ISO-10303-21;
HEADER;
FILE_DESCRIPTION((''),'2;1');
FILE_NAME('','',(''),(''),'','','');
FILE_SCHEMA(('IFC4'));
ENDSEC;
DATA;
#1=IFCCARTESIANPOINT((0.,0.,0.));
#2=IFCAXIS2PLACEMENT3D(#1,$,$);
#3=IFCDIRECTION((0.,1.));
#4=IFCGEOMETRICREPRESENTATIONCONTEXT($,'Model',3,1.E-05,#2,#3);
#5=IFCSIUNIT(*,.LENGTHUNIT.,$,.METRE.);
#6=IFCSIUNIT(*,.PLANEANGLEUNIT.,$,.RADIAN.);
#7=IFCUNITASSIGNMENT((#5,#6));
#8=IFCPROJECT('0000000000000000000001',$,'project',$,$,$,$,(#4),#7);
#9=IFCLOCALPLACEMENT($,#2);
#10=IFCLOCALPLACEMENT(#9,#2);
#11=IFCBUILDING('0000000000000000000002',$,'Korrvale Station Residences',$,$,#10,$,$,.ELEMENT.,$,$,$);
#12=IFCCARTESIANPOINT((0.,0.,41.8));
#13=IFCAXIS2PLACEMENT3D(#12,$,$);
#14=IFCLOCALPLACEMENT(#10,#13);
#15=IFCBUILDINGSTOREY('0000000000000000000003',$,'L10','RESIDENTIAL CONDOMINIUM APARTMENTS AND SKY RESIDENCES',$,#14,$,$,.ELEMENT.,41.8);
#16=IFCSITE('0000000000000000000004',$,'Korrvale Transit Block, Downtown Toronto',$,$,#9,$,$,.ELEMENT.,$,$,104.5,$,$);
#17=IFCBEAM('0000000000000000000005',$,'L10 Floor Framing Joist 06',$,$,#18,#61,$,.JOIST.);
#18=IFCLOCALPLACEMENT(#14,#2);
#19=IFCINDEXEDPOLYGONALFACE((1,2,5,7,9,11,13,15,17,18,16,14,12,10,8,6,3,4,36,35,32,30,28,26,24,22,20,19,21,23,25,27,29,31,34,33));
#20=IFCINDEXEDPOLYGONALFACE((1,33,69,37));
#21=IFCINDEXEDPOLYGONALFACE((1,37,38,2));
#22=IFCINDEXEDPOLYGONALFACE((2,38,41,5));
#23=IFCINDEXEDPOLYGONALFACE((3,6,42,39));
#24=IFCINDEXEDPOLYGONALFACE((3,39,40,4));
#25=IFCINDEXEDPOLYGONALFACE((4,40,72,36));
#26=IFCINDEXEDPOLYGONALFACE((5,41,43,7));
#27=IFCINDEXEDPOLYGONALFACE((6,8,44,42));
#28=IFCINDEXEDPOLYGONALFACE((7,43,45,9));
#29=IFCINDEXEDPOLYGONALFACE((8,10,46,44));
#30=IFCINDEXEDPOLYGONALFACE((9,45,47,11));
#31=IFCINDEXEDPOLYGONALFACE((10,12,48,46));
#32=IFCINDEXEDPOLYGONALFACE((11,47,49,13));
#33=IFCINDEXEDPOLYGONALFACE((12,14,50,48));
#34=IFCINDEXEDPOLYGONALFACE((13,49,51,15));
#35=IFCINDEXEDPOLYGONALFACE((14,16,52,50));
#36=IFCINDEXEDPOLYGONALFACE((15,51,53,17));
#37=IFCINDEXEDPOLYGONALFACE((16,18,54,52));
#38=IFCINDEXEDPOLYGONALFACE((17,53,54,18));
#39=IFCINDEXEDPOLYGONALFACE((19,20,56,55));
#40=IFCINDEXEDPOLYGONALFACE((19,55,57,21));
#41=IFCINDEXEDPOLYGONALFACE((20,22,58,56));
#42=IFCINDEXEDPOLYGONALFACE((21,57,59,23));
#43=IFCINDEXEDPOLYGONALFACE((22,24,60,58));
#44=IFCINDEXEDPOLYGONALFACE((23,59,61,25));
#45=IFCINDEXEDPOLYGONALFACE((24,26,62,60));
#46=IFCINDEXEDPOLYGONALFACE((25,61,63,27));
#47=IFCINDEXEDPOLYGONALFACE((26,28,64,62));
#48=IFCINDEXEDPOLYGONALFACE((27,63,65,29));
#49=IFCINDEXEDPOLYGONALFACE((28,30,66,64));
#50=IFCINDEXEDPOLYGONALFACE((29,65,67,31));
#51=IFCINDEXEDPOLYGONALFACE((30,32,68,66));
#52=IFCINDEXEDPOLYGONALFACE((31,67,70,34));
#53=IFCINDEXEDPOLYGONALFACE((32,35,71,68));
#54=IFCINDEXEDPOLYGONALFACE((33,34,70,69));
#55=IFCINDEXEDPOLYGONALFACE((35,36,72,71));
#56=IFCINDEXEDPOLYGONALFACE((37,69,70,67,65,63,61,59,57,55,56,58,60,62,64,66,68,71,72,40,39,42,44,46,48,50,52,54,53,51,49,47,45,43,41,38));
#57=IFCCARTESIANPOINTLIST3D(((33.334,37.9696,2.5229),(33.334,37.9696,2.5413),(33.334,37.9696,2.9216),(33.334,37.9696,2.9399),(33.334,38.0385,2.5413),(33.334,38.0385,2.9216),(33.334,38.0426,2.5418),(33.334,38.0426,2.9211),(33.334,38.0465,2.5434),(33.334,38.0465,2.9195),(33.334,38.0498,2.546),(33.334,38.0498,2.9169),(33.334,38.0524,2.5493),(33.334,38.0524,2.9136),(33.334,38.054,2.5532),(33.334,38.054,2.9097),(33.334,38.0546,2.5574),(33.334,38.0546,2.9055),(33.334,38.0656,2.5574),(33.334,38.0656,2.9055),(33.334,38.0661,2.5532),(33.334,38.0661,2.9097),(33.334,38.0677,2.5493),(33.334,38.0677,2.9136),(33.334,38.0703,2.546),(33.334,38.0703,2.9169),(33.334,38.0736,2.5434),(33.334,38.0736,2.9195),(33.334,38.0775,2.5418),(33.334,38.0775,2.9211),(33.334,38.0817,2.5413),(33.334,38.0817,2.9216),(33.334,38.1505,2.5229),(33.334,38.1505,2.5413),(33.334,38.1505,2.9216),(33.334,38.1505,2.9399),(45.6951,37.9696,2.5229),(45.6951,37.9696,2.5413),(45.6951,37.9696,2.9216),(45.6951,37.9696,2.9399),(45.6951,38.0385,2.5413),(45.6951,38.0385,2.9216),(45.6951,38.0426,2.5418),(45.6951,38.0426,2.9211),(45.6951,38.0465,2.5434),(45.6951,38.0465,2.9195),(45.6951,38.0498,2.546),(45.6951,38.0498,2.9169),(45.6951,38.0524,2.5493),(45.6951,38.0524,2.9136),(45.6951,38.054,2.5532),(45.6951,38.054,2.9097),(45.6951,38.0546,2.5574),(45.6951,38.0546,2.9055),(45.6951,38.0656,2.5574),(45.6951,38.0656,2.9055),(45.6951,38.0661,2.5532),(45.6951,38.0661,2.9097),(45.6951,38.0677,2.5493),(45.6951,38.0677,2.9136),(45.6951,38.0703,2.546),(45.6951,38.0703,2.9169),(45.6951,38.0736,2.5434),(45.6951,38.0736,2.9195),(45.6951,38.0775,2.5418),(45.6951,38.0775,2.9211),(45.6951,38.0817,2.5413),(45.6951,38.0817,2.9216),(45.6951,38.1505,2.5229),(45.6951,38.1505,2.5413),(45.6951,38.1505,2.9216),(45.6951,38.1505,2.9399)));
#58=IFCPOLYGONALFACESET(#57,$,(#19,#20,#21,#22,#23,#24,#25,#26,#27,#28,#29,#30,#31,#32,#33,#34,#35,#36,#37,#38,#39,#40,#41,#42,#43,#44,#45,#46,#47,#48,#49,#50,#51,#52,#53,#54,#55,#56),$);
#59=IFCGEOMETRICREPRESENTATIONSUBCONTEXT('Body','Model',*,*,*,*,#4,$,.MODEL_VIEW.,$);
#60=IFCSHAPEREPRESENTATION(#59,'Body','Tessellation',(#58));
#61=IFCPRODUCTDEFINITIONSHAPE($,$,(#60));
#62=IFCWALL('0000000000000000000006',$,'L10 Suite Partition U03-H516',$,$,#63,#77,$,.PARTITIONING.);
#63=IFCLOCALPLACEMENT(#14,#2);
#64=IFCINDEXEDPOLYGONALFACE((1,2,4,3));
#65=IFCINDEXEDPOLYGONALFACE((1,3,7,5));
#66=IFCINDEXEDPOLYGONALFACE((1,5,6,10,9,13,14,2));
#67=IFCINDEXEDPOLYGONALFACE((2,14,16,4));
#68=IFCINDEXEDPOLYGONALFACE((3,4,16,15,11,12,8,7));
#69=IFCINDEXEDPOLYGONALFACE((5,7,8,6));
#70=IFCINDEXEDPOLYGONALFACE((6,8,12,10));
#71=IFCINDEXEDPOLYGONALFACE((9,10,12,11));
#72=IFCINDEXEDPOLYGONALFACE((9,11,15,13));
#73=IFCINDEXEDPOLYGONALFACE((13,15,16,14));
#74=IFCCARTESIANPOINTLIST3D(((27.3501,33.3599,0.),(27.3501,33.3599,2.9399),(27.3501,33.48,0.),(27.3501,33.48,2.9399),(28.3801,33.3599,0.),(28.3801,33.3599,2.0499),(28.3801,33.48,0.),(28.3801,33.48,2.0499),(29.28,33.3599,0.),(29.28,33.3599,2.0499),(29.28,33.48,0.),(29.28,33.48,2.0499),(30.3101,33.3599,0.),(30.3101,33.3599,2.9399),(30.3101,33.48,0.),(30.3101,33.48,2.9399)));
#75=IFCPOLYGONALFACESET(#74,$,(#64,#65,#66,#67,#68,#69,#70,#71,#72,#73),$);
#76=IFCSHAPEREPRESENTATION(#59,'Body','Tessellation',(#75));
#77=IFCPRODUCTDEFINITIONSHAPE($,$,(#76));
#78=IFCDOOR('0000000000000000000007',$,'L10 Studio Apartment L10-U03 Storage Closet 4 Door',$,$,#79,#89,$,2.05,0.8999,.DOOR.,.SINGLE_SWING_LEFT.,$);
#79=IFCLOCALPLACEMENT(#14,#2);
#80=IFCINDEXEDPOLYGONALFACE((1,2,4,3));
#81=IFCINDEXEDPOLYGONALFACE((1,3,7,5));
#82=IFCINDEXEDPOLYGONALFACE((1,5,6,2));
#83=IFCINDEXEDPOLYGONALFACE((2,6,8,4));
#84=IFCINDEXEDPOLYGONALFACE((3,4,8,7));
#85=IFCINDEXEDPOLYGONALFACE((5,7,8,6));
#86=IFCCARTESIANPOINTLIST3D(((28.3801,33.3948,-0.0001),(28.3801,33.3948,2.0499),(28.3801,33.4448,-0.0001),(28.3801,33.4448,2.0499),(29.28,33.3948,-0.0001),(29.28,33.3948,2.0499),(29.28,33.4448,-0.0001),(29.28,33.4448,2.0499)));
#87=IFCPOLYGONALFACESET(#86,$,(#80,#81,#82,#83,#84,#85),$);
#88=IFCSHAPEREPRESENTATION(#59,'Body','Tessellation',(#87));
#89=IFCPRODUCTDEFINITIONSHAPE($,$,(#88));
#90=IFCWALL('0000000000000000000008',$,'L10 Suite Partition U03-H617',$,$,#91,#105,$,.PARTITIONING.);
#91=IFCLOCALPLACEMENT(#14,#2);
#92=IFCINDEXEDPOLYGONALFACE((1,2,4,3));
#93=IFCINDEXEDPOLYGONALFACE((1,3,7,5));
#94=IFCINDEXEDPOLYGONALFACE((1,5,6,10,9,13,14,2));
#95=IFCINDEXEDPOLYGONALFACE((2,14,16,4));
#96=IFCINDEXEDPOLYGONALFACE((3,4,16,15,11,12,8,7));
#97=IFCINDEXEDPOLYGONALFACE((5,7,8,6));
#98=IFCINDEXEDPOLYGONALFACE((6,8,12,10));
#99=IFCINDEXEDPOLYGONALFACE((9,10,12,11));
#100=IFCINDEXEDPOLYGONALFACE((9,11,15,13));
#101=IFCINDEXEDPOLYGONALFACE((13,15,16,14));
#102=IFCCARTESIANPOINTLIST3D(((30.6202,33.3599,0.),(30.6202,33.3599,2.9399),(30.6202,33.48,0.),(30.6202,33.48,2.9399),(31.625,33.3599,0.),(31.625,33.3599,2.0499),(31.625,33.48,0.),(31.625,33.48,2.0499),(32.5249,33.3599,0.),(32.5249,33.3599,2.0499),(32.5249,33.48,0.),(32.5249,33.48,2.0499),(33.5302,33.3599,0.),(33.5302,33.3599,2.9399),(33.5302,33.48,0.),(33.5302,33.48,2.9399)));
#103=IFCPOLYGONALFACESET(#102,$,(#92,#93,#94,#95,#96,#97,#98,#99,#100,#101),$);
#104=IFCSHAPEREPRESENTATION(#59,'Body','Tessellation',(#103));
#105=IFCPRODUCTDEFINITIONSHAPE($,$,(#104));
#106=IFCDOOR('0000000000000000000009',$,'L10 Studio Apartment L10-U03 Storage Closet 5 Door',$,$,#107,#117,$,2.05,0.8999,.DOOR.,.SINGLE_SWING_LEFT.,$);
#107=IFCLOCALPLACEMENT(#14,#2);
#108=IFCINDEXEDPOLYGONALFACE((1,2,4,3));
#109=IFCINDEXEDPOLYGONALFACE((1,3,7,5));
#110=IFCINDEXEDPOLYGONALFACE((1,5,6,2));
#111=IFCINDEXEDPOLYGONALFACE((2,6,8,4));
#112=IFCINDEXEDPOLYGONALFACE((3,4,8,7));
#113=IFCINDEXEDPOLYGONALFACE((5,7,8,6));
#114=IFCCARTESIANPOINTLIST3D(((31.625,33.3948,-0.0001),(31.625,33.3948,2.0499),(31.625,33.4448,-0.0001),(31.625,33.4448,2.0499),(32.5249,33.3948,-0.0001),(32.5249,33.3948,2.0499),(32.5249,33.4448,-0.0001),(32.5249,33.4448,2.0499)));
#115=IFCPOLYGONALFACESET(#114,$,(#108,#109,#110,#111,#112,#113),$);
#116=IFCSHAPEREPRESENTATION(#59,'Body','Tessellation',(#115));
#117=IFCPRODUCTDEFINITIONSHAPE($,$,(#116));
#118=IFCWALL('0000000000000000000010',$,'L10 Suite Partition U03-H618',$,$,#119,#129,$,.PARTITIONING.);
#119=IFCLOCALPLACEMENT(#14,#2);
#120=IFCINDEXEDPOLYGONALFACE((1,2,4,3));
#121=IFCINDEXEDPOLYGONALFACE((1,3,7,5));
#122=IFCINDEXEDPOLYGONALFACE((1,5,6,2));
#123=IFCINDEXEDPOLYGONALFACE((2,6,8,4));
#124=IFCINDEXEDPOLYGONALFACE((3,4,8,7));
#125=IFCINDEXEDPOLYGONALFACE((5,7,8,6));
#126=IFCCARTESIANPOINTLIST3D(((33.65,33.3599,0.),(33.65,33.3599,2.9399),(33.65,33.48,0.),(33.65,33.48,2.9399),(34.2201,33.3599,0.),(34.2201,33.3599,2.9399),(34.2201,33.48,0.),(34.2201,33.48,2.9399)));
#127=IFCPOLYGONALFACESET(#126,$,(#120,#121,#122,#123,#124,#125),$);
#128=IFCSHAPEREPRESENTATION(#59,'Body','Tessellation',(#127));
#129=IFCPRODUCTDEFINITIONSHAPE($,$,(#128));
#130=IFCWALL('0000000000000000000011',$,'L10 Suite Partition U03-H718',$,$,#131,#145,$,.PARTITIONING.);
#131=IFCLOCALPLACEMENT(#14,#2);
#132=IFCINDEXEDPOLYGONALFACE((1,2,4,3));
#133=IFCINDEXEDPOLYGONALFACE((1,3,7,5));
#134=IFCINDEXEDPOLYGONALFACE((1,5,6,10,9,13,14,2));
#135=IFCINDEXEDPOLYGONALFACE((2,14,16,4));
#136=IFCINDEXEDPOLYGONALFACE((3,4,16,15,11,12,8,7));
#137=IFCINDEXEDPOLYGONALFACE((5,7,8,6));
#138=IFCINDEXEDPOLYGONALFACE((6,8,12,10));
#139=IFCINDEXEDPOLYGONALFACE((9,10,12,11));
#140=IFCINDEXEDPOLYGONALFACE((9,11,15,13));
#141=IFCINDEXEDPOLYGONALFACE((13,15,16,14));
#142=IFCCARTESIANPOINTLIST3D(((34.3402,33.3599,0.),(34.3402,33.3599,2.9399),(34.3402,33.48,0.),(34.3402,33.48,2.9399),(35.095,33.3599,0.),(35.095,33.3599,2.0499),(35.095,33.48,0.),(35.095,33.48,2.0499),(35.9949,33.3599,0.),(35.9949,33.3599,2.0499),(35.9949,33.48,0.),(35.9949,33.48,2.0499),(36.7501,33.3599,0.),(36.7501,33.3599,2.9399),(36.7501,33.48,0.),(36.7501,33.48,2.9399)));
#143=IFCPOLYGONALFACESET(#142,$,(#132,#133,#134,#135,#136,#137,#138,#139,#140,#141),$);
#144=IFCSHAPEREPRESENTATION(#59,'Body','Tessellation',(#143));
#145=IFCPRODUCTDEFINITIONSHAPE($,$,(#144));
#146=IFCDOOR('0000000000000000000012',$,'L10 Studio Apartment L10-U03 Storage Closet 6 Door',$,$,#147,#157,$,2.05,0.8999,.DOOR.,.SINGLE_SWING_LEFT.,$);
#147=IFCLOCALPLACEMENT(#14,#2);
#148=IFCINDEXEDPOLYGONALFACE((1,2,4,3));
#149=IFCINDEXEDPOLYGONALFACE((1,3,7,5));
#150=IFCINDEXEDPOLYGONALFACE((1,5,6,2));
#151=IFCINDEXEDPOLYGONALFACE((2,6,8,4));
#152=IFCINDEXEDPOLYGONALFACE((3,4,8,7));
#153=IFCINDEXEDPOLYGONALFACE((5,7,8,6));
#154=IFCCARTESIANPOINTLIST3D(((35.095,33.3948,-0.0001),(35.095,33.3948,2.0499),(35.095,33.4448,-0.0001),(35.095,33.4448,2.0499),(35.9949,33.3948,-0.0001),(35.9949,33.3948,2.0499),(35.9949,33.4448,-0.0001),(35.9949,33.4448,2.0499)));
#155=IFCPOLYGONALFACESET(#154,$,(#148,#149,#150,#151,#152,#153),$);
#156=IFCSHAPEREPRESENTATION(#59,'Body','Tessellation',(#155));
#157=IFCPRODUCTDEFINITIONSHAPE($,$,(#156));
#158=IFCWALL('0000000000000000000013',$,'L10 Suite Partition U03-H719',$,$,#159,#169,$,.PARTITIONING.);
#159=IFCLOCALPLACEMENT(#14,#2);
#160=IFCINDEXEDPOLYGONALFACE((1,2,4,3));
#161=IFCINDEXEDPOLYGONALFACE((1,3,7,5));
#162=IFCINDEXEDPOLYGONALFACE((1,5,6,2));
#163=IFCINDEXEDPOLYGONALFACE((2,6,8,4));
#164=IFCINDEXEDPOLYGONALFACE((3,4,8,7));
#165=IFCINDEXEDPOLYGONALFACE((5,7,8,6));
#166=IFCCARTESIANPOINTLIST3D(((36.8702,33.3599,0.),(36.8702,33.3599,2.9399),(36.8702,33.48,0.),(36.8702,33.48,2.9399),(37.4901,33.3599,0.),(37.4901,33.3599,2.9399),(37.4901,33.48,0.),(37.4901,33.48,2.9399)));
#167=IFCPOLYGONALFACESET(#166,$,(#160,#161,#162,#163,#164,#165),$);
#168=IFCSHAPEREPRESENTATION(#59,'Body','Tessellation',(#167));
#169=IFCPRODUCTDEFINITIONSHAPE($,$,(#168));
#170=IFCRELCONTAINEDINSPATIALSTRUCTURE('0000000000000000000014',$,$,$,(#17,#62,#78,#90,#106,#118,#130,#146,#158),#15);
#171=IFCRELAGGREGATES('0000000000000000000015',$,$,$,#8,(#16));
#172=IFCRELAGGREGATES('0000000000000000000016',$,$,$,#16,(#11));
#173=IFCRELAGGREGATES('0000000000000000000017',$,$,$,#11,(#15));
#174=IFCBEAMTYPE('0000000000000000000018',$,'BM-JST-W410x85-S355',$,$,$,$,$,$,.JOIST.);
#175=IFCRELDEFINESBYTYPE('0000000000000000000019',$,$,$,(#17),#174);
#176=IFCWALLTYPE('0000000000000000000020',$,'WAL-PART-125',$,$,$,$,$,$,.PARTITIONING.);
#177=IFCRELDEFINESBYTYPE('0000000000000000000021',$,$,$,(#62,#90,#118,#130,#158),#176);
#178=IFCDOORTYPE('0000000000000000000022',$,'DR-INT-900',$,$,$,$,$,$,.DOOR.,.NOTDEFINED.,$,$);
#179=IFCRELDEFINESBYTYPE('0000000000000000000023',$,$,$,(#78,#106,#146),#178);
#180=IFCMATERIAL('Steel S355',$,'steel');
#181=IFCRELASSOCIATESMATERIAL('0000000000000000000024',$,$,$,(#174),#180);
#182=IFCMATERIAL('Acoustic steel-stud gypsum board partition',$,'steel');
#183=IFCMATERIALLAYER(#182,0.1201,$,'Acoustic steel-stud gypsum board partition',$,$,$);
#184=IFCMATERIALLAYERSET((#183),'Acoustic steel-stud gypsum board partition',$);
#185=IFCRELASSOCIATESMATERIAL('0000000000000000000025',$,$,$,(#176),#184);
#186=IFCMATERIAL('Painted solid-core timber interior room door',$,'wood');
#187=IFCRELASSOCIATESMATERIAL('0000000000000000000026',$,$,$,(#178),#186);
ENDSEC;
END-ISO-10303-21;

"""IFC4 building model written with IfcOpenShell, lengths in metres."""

from ifc_helpers import new_model, si_unit, direction, frame, frame_2d, origin, origin_2d, place, context, subcontext, project, spatial, rectangle, i_section, extrude, material, layer, layer_set, material_profile, profile_set, type_object, element, fill, save


model = new_model("IFC4")

# Units and contexts
model_context = context("Model", 3, precision=1e-05, world=origin(), true_north=direction((0.0, 1.0)))
body_context = subcontext(model_context, "Body", "Model", "MODEL_VIEW")
ifc_project = project(units=[si_unit("LENGTHUNIT", "METRE"), si_unit("PLANEANGLEUNIT", "RADIAN")], contexts=[model_context])

# Site, building, storey
site_placement = place(None, origin())
site = spatial("IfcSite", under=ifc_project, at=site_placement, Name="Korrvale Transit Block, Downtown Toronto", CompositionType="ELEMENT", RefElevation=104.5)
building_placement = place(site_placement, origin())
building = spatial("IfcBuilding", under=site, at=building_placement, Name="Korrvale Station Residences", CompositionType="ELEMENT")
storey_placement = place(building_placement, frame((0.0, 0.0, 41.8)))
storey = spatial("IfcBuildingStorey", under=building, at=storey_placement, Name="L10", Description="RESIDENTIAL CONDOMINIUM APARTMENTS AND SKY RESIDENCES", CompositionType="ELEMENT", Elevation=41.8)

# Beam
ifc_material_1 = material(Name="Steel S355", Category="steel")
ifc_material_profile = material_profile(ifc_material_1, i_section(OverallWidth=0.1809, OverallDepth=0.417, WebThickness=0.011, FlangeThickness=0.0183, FilletRadius=0.0161, at=origin_2d()), Name="W410x85")
ifc_profile_set = profile_set([ifc_material_profile], Name="Steel S355")
beam_type = type_object("IfcBeamType", Name="BM-JST-W410x85-S355", PredefinedType="JOIST", material=ifc_profile_set)
beam_placement = place(storey_placement, frame((33.334, 38.0601, 2.7314), z_axis=(1.0, 0.0, 0.0), x_axis=(0.0, 1.0, 0.0)))
element("IfcBeam", 1, at=beam_placement, inside=storey, type_object=beam_type, Name="L10 Floor Framing Joist 06", PredefinedType="JOIST", context=body_context, shape_type="SweptSolid", body=[
    extrude(i_section(OverallWidth=0.1809, OverallDepth=0.417, WebThickness=0.011, FlangeThickness=0.0183, FilletRadius=0.0161, at=origin_2d()), origin(), (0.0, 0.0, 1.0), 12.3611),
])

# Walls, openings, doors
ifc_material_2 = material(Name="Acoustic steel-stud gypsum board partition", Category="steel")
ifc_layer = layer(ifc_material_2, 0.1201, Name="Acoustic steel-stud gypsum board partition")
ifc_layer_set = layer_set([ifc_layer], Name="Acoustic steel-stud gypsum board partition")
wall_type = type_object("IfcWallType", Name="WAL-PART-125", PredefinedType="PARTITIONING", material=ifc_layer_set)
wall_1_placement = place(storey_placement, frame((27.3501, 33.4199, 0.0), z_axis=(0.0, 0.0, 1.0), x_axis=(1.0, 0.0, 0.0)))
wall_1 = element("IfcWall", 2, at=wall_1_placement, inside=storey, type_object=wall_type, Name="L10 Suite Partition U03-H516", PredefinedType="PARTITIONING", context=body_context, shape_type="SweptSolid", body=[
    extrude(rectangle(XDim=2.96, YDim=0.1201, at=frame_2d((1.48, 0.0))), origin(), (0.0, 0.0, 1.0), 2.9399),
])
opening_1_placement = place(wall_1_placement, frame((1.03, 0.0, 0.0)))
opening_1 = element("IfcOpeningElement", 3, at=opening_1_placement, cuts=wall_1, PredefinedType="OPENING", context=body_context, shape_type="SweptSolid", body=[
    extrude(rectangle(XDim=0.8999, YDim=2.05, at=frame_2d((0.45, 1.0249))), frame((0.0, 0.0701, 0.0), z_axis=(0.0, -1.0, 0.0), x_axis=(1.0, 0.0, 0.0)), (0.0, 0.0, 1.0), 0.1401),
])
ifc_material_3 = material(Name="Painted solid-core timber interior room door", Category="wood")
door_type = type_object("IfcDoorType", Name="DR-INT-900", OperationType="NOTDEFINED", PredefinedType="DOOR", material=ifc_material_3)
door_1_placement = place(opening_1_placement, origin())
door_1 = element("IfcDoor", 4, at=door_1_placement, inside=storey, type_object=door_type, Name="L10 Studio Apartment L10-U03 Storage Closet 4 Door", OperationType="SINGLE_SWING_LEFT", OverallHeight=2.05, OverallWidth=0.8999, PredefinedType="DOOR", context=body_context, shape_type="SweptSolid", body=[
    extrude(rectangle(XDim=0.8999, YDim=2.05, at=frame_2d((0.45, 1.0249))), frame((0.0, 0.0249, 0.0), z_axis=(0.0, -1.0, 0.0), x_axis=(1.0, 0.0, 0.0)), (0.0, 0.0, 1.0), 0.05),
])
fill(opening_1, door_1)
wall_2_placement = place(storey_placement, frame((30.6201, 33.4199, 0.0), z_axis=(0.0, 0.0, 1.0), x_axis=(1.0, 0.0, 0.0)))
wall_2 = element("IfcWall", 5, at=wall_2_placement, inside=storey, type_object=wall_type, Name="L10 Suite Partition U03-H617", PredefinedType="PARTITIONING", context=body_context, shape_type="SweptSolid", body=[
    extrude(rectangle(XDim=2.9099, YDim=0.1201, at=frame_2d((1.4551, 0.0))), origin(), (0.0, 0.0, 1.0), 2.9399),
])
opening_2_placement = place(wall_2_placement, frame((1.0049, 0.0, 0.0)))
opening_2 = element("IfcOpeningElement", 6, at=opening_2_placement, cuts=wall_2, PredefinedType="OPENING", context=body_context, shape_type="SweptSolid", body=[
    extrude(rectangle(XDim=0.8999, YDim=2.05, at=frame_2d((0.45, 1.0249))), frame((0.0, 0.0701, 0.0), z_axis=(0.0, -1.0, 0.0), x_axis=(1.0, 0.0, 0.0)), (0.0, 0.0, 1.0), 0.1401),
])
door_2_placement = place(opening_2_placement, origin())
door_2 = element("IfcDoor", 7, at=door_2_placement, inside=storey, type_object=door_type, Name="L10 Studio Apartment L10-U03 Storage Closet 5 Door", OperationType="SINGLE_SWING_LEFT", OverallHeight=2.05, OverallWidth=0.8999, PredefinedType="DOOR", context=body_context, shape_type="SweptSolid", body=[
    extrude(rectangle(XDim=0.8999, YDim=2.05, at=frame_2d((0.45, 1.0249))), frame((0.0, 0.0249, 0.0), z_axis=(0.0, -1.0, 0.0), x_axis=(1.0, 0.0, 0.0)), (0.0, 0.0, 1.0), 0.05),
])
fill(opening_2, door_2)

# Wall
wall_3_placement = place(storey_placement, frame((33.6499, 33.4199, 0.0), z_axis=(0.0, 0.0, 1.0), x_axis=(1.0, 0.0, 0.0)))
element("IfcWall", 8, at=wall_3_placement, inside=storey, type_object=wall_type, Name="L10 Suite Partition U03-H618", PredefinedType="PARTITIONING", context=body_context, shape_type="SweptSolid", body=[
    extrude(rectangle(XDim=0.5701, YDim=0.1201, at=frame_2d((0.2852, 0.0))), origin(), (0.0, 0.0, 1.0), 2.9399),
])

# Wall, opening, door
wall_4_placement = place(storey_placement, frame((34.3401, 33.4199, 0.0), z_axis=(0.0, 0.0, 1.0), x_axis=(1.0, 0.0, 0.0)))
wall_4 = element("IfcWall", 9, at=wall_4_placement, inside=storey, type_object=wall_type, Name="L10 Suite Partition U03-H718", PredefinedType="PARTITIONING", context=body_context, shape_type="SweptSolid", body=[
    extrude(rectangle(XDim=2.4099, YDim=0.1201, at=frame_2d((1.2051, 0.0))), origin(), (0.0, 0.0, 1.0), 2.9399),
])
opening_3_placement = place(wall_4_placement, frame((0.7549, 0.0, 0.0)))
opening_3 = element("IfcOpeningElement", 10, at=opening_3_placement, cuts=wall_4, PredefinedType="OPENING", context=body_context, shape_type="SweptSolid", body=[
    extrude(rectangle(XDim=0.8999, YDim=2.05, at=frame_2d((0.45, 1.0249))), frame((0.0, 0.0701, 0.0), z_axis=(0.0, -1.0, 0.0), x_axis=(1.0, 0.0, 0.0)), (0.0, 0.0, 1.0), 0.1401),
])
door_3_placement = place(opening_3_placement, origin())
door_3 = element("IfcDoor", 11, at=door_3_placement, inside=storey, type_object=door_type, Name="L10 Studio Apartment L10-U03 Storage Closet 6 Door", OperationType="SINGLE_SWING_LEFT", OverallHeight=2.05, OverallWidth=0.8999, PredefinedType="DOOR", context=body_context, shape_type="SweptSolid", body=[
    extrude(rectangle(XDim=0.8999, YDim=2.05, at=frame_2d((0.45, 1.0249))), frame((0.0, 0.0249, 0.0), z_axis=(0.0, -1.0, 0.0), x_axis=(1.0, 0.0, 0.0)), (0.0, 0.0, 1.0), 0.05),
])
fill(opening_3, door_3)

# Wall
wall_5_placement = place(storey_placement, frame((36.8701, 33.4199, 0.0), z_axis=(0.0, 0.0, 1.0), x_axis=(1.0, 0.0, 0.0)))
element("IfcWall", 12, at=wall_5_placement, inside=storey, type_object=wall_type, Name="L10 Suite Partition U03-H719", PredefinedType="PARTITIONING", context=body_context, shape_type="SweptSolid", body=[
    extrude(rectangle(XDim=0.6199, YDim=0.1201, at=frame_2d((0.3101, 0.0))), origin(), (0.0, 0.0, 1.0), 2.9399),
])

save(model, "model.ifc")
